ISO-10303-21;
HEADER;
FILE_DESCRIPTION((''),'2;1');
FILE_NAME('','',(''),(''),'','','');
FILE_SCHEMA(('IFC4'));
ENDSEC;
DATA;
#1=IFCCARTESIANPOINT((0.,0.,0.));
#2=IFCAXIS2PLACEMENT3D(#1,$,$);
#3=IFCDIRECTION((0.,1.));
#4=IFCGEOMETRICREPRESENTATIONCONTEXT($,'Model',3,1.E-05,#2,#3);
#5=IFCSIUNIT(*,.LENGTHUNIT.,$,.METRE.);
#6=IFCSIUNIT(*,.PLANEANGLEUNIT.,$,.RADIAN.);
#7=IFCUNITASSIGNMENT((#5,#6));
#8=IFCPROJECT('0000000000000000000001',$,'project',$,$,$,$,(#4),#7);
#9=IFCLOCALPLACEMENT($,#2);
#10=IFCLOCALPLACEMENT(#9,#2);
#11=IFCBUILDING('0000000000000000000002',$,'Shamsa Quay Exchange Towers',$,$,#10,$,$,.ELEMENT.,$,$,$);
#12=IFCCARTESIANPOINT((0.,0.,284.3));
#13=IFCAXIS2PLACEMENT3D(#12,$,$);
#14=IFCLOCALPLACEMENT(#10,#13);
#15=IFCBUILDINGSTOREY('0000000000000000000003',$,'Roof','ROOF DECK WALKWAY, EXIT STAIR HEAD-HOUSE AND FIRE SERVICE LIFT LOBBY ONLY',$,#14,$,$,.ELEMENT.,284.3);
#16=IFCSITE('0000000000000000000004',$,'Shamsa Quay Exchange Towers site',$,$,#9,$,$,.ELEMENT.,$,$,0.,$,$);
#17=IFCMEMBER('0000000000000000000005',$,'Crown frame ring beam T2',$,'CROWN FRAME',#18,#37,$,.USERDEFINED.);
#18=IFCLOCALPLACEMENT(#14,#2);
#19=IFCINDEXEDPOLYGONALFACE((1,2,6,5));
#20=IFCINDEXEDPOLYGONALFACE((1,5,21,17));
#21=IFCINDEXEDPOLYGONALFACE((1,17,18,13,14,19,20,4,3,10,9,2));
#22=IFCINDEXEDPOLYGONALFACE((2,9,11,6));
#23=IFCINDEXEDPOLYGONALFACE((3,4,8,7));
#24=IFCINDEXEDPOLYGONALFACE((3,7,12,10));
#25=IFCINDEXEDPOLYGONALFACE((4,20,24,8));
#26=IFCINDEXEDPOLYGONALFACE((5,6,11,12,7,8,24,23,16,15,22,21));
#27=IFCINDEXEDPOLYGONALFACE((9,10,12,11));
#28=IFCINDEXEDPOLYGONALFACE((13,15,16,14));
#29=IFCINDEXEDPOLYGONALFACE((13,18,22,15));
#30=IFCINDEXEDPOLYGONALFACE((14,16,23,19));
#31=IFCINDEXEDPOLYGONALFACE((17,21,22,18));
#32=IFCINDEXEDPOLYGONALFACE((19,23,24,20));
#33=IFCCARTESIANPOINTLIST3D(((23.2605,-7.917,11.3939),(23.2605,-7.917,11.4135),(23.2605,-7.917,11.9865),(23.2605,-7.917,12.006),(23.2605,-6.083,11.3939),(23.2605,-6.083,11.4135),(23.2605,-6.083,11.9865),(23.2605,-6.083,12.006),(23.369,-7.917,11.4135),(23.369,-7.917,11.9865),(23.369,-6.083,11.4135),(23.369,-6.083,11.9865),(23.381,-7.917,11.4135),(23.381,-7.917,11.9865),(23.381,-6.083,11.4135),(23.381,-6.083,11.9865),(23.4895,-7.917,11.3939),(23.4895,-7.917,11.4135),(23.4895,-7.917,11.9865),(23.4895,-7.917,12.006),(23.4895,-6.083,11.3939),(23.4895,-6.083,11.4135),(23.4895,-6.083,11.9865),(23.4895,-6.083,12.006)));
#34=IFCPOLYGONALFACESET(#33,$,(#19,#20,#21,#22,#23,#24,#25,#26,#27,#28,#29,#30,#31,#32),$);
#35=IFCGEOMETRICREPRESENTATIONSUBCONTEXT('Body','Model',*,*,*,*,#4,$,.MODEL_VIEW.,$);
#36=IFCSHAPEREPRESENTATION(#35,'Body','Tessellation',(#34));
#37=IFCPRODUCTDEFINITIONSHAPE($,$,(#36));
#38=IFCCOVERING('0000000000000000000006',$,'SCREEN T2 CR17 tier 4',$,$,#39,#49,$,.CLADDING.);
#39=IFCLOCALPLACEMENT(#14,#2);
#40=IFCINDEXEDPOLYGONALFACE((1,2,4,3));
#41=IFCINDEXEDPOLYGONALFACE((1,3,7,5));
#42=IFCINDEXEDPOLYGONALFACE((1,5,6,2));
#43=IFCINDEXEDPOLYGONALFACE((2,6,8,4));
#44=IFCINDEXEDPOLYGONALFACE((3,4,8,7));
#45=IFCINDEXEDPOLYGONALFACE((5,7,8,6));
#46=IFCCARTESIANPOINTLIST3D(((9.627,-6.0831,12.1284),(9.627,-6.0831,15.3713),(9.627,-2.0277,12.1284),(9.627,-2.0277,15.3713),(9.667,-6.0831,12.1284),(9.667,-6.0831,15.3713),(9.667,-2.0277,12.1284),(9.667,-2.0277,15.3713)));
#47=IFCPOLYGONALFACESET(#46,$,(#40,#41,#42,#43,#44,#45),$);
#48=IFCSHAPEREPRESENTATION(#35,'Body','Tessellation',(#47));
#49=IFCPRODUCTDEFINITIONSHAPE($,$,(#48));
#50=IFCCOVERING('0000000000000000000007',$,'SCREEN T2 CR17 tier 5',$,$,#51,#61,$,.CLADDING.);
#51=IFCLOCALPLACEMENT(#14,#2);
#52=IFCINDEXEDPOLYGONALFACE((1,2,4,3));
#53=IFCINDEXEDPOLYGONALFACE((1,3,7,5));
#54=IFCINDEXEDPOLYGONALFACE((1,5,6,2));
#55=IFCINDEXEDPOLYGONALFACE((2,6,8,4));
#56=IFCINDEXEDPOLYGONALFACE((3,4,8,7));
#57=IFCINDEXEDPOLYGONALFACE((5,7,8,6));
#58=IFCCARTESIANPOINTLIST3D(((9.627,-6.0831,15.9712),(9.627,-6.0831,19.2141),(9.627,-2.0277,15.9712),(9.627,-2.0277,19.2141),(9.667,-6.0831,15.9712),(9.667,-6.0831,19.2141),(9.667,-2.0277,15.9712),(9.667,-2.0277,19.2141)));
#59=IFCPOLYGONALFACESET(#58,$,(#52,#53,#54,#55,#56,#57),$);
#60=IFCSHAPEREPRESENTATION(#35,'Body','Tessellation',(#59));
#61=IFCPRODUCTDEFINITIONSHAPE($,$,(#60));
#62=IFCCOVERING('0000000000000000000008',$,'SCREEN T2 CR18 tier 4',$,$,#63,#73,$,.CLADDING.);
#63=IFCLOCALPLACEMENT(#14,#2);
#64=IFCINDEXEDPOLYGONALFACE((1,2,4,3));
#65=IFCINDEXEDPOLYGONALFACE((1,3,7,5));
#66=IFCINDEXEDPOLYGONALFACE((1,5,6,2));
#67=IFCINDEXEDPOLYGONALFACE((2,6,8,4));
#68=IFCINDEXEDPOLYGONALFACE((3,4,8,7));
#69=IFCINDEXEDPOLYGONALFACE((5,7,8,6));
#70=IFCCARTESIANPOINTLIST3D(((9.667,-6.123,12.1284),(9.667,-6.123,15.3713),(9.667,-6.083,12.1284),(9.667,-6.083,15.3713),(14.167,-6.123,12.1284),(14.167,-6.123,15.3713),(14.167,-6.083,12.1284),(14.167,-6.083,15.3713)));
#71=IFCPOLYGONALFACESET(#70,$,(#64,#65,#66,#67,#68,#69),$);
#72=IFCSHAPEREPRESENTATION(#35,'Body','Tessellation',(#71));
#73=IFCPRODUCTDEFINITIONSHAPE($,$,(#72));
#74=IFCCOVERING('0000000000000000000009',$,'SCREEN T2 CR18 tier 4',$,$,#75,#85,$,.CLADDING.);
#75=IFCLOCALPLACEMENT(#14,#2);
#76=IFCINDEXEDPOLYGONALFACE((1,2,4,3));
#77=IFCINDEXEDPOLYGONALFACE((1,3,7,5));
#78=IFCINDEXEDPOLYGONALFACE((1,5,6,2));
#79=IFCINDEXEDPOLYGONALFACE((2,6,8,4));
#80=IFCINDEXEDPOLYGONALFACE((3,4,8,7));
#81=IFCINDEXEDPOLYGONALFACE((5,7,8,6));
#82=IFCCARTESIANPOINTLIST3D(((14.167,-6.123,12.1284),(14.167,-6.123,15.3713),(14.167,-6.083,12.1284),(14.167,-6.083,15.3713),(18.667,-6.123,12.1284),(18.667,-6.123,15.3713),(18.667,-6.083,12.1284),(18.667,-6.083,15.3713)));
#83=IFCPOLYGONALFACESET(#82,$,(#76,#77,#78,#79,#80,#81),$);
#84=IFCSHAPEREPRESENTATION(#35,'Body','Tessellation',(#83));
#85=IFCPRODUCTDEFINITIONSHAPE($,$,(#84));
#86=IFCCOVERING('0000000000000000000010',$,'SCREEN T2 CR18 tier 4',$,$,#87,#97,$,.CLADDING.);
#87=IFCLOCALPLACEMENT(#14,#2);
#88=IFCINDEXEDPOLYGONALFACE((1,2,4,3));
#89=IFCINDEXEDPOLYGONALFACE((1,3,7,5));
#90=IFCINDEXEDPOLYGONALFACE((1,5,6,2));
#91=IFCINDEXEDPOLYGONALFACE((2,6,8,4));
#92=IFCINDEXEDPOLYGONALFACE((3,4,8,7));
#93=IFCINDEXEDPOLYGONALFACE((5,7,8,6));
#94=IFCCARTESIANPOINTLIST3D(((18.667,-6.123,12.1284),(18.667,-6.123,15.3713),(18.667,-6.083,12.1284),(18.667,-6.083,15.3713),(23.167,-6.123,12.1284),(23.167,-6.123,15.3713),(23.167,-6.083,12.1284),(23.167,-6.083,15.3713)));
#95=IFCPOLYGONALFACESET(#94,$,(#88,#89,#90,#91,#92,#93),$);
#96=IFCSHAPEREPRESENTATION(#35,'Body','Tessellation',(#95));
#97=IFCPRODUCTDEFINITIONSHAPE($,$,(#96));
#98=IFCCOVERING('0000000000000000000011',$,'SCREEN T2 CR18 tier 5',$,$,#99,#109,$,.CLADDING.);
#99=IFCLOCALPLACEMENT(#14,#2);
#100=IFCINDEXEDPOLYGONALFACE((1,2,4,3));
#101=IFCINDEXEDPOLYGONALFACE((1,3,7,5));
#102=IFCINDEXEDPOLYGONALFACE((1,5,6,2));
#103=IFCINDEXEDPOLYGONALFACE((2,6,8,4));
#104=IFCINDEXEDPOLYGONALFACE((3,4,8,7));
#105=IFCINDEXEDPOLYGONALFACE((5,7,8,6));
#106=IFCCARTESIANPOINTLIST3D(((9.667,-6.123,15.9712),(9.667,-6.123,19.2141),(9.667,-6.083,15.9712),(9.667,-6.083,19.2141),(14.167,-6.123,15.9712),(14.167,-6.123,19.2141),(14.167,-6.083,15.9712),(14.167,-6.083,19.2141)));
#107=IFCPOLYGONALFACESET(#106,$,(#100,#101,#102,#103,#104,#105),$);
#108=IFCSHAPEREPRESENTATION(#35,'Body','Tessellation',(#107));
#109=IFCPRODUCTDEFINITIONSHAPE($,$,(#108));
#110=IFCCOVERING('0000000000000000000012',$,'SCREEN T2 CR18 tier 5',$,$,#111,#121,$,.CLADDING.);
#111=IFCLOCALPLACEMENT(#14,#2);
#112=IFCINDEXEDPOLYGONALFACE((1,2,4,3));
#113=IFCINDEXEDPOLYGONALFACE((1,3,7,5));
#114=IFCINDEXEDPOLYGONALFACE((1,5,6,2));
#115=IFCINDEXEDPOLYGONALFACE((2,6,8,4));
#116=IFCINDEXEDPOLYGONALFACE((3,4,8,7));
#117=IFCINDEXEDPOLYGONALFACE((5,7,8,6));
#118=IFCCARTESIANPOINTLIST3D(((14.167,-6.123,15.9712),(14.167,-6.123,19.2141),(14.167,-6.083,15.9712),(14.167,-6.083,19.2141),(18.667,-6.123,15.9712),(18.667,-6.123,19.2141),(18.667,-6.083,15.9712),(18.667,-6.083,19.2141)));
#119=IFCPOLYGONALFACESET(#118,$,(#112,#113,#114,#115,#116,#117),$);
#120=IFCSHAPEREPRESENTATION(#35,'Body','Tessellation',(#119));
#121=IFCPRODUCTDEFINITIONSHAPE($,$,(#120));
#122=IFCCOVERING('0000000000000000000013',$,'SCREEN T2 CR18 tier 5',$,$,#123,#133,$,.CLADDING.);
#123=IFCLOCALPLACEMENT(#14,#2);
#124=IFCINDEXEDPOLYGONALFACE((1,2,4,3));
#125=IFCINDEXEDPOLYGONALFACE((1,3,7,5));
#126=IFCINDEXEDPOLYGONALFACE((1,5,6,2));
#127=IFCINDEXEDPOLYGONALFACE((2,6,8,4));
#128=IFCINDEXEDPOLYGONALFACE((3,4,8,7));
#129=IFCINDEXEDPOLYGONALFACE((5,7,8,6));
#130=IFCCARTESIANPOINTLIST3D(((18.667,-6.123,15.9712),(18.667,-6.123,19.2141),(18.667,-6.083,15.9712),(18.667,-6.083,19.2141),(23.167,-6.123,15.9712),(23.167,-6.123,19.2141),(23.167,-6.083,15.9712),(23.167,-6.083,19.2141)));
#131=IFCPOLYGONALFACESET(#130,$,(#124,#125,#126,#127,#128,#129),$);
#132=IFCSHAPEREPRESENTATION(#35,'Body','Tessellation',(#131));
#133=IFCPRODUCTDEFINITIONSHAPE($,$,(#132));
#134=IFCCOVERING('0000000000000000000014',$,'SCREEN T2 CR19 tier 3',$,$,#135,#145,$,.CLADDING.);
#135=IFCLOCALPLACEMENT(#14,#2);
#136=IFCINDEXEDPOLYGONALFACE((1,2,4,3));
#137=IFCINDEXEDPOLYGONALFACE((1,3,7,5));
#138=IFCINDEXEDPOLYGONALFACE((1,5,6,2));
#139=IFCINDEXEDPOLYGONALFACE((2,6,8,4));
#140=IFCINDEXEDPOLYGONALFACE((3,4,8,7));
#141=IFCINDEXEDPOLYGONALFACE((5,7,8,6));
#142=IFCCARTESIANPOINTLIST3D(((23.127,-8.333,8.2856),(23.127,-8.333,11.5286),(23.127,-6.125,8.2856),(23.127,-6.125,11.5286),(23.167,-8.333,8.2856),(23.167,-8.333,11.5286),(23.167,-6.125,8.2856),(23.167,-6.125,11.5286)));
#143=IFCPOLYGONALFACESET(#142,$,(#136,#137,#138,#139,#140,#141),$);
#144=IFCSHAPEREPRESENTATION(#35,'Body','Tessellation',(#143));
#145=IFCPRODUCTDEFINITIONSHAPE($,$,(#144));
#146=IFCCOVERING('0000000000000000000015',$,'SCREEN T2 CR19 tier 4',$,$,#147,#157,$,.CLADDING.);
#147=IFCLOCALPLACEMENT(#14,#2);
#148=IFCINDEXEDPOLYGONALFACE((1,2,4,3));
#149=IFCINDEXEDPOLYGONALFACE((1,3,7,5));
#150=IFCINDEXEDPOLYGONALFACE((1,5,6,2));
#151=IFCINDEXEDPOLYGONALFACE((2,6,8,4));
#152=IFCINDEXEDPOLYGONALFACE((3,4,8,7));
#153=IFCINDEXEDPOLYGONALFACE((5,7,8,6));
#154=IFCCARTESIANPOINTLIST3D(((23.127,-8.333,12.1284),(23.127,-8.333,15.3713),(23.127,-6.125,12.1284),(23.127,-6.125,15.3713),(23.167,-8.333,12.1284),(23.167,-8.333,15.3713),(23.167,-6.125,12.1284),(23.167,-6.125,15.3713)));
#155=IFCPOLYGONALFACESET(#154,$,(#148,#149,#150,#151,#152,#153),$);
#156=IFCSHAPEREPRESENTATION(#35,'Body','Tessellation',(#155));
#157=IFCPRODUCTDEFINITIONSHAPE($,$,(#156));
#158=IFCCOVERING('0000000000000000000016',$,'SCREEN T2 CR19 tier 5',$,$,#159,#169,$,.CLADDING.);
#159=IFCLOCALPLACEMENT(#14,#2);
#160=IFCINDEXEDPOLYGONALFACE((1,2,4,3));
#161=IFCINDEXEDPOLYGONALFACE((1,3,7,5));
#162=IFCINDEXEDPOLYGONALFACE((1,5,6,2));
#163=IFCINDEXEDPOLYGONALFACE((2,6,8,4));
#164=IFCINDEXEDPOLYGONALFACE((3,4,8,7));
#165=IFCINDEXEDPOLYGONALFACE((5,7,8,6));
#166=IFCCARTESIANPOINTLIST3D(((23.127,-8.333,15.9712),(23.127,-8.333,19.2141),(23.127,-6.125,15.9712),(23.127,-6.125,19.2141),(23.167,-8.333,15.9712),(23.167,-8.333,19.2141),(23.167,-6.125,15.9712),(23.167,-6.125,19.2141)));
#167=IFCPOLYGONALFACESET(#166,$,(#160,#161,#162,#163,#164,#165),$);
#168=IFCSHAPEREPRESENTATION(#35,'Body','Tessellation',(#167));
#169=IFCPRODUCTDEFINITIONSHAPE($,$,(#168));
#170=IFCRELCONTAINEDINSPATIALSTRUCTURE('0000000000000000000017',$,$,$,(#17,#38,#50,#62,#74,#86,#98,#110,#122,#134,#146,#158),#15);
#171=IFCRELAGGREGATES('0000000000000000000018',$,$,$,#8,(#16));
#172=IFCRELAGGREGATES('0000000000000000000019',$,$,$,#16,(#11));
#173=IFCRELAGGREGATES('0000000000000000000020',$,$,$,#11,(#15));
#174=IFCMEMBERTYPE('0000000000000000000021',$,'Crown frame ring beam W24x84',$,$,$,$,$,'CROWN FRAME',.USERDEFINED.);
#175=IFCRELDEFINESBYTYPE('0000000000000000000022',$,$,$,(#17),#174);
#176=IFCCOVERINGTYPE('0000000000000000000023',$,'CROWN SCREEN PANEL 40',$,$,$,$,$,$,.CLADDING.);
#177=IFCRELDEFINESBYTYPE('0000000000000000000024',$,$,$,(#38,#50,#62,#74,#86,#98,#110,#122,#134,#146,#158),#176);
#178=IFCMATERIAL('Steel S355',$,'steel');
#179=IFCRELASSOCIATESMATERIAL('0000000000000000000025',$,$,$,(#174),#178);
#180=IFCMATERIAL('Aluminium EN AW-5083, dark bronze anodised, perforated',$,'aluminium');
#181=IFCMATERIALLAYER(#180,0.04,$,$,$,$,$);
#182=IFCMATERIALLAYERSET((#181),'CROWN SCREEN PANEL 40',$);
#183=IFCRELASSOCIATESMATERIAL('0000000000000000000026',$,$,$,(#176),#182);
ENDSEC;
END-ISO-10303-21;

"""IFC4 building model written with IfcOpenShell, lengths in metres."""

from ifc_helpers import new_model, si_unit, direction, frame, origin, origin_2d, place, context, subcontext, project, spatial, rectangle, i_section, extrude, material, layer, layer_set, material_profile, profile_set, type_object, element, save


model = new_model("IFC4")

# Units and contexts
model_context = context("Model", 3, precision=1e-05, world=origin(), true_north=direction((0.0, 1.0)))
body_context = subcontext(model_context, "Body", "Model", "MODEL_VIEW")
ifc_project = project(units=[si_unit("LENGTHUNIT", "METRE"), si_unit("PLANEANGLEUNIT", "RADIAN")], contexts=[model_context])

# Site, building, storey
site_placement = place(None, origin())
site = spatial("IfcSite", under=ifc_project, at=site_placement, Name="Shamsa Quay Exchange Towers site", CompositionType="ELEMENT", RefElevation=0.0)
building_placement = place(site_placement, origin())
building = spatial("IfcBuilding", under=site, at=building_placement, Name="Shamsa Quay Exchange Towers", CompositionType="ELEMENT")
storey_placement = place(building_placement, frame((0.0, 0.0, 284.3)))
storey = spatial("IfcBuildingStorey", under=building, at=storey_placement, Name="Roof", Description="ROOF DECK WALKWAY, EXIT STAIR HEAD-HOUSE AND FIRE SERVICE LIFT LOBBY ONLY", CompositionType="ELEMENT", Elevation=284.3)

# Member
ifc_material_1 = material(Name="Steel S355", Category="steel")
ifc_material_profile_1 = material_profile(ifc_material_1, i_section(OverallWidth=0.229, OverallDepth=0.6121, WebThickness=0.012, FlangeThickness=0.0195, at=origin_2d()), Name="W24x84")
ifc_profile_set_1 = profile_set([ifc_material_profile_1], Name="Steel S355")
member_type_1 = type_object("IfcMemberType", Name="Crown frame ring beam W24x84", ElementType="CROWN FRAME", PredefinedType="USERDEFINED", material=ifc_profile_set_1)
member_1_placement = place(storey_placement, frame((23.375, -6.083, 11.7), z_axis=(0.0, -1.0, 0.0), x_axis=(1.0, 0.0, 0.0)))
element("IfcMember", 1, at=member_1_placement, inside=storey, type_object=member_type_1, Name="Crown frame ring beam T2", ObjectType="CROWN FRAME", PredefinedType="USERDEFINED", context=body_context, shape_type="SweptSolid", body=[
    extrude(i_section(OverallWidth=0.229, OverallDepth=0.6121, WebThickness=0.012, FlangeThickness=0.0195, at=origin_2d()), origin(), (0.0, 0.0, 1.0), 1.834),
])

# Coverings
ifc_material_2 = material(Name="Aluminium EN AW-5083, dark bronze anodised, perforated", Category="aluminium")
ifc_layer = layer(ifc_material_2, 0.04)
ifc_layer_set = layer_set([ifc_layer], Name="CROWN SCREEN PANEL 40")
covering_type = type_object("IfcCoveringType", Name="CROWN SCREEN PANEL 40", PredefinedType="CLADDING", material=ifc_layer_set)
for number, where, z_axis, x_axis, name in (
    (2, (9.647, -4.0554, 12.1284), (0.0, 0.0, 1.0), (0.0, -1.0, 0.0), "SCREEN T2 CR17 tier 4"),
    (3, (9.647, -4.0554, 15.9712), (0.0, 0.0, 1.0), (0.0, -1.0, 0.0), "SCREEN T2 CR17 tier 5"),
):
    element("IfcCovering", number, at=place(storey_placement, frame(where, z_axis=z_axis, x_axis=x_axis)), inside=storey, type_object=covering_type, Name=name, PredefinedType="CLADDING", context=body_context, shape_type="SweptSolid", body=[
        extrude(rectangle(XDim=4.0554, YDim=0.04, at=origin_2d()), origin(), (0.0, 0.0, 1.0), 3.2429),
    ])
for number, where, name in (
    (4, (11.917, -6.103, 12.1284), "SCREEN T2 CR18 tier 4"),
    (5, (16.417, -6.103, 12.1284), "SCREEN T2 CR18 tier 4"),
    (6, (20.917, -6.103, 12.1284), "SCREEN T2 CR18 tier 4"),
    (7, (11.917, -6.103, 15.9712), "SCREEN T2 CR18 tier 5"),
    (8, (16.417, -6.103, 15.9712), "SCREEN T2 CR18 tier 5"),
    (9, (20.917, -6.103, 15.9712), "SCREEN T2 CR18 tier 5"),
):
    element("IfcCovering", number, at=place(storey_placement, frame(where)), inside=storey, type_object=covering_type, Name=name, PredefinedType="CLADDING", context=body_context, shape_type="SweptSolid", body=[
        extrude(rectangle(XDim=4.5, YDim=0.04, at=origin_2d()), origin(), (0.0, 0.0, 1.0), 3.2429),
    ])
for number, where, z_axis, x_axis, name in (
    (10, (23.147, -7.229, 8.2856), (0.0, 0.0, 1.0), (0.0, -1.0, 0.0), "SCREEN T2 CR19 tier 3"),
    (11, (23.147, -7.229, 12.1284), (0.0, 0.0, 1.0), (0.0, -1.0, 0.0), "SCREEN T2 CR19 tier 4"),
    (12, (23.147, -7.229, 15.9712), (0.0, 0.0, 1.0), (0.0, -1.0, 0.0), "SCREEN T2 CR19 tier 5"),
):
    element("IfcCovering", number, at=place(storey_placement, frame(where, z_axis=z_axis, x_axis=x_axis)), inside=storey, type_object=covering_type, Name=name, PredefinedType="CLADDING", context=body_context, shape_type="SweptSolid", body=[
        extrude(rectangle(XDim=2.208, YDim=0.04, at=origin_2d()), origin(), (0.0, 0.0, 1.0), 3.2429),
    ])

save(model, "model.ifc")
